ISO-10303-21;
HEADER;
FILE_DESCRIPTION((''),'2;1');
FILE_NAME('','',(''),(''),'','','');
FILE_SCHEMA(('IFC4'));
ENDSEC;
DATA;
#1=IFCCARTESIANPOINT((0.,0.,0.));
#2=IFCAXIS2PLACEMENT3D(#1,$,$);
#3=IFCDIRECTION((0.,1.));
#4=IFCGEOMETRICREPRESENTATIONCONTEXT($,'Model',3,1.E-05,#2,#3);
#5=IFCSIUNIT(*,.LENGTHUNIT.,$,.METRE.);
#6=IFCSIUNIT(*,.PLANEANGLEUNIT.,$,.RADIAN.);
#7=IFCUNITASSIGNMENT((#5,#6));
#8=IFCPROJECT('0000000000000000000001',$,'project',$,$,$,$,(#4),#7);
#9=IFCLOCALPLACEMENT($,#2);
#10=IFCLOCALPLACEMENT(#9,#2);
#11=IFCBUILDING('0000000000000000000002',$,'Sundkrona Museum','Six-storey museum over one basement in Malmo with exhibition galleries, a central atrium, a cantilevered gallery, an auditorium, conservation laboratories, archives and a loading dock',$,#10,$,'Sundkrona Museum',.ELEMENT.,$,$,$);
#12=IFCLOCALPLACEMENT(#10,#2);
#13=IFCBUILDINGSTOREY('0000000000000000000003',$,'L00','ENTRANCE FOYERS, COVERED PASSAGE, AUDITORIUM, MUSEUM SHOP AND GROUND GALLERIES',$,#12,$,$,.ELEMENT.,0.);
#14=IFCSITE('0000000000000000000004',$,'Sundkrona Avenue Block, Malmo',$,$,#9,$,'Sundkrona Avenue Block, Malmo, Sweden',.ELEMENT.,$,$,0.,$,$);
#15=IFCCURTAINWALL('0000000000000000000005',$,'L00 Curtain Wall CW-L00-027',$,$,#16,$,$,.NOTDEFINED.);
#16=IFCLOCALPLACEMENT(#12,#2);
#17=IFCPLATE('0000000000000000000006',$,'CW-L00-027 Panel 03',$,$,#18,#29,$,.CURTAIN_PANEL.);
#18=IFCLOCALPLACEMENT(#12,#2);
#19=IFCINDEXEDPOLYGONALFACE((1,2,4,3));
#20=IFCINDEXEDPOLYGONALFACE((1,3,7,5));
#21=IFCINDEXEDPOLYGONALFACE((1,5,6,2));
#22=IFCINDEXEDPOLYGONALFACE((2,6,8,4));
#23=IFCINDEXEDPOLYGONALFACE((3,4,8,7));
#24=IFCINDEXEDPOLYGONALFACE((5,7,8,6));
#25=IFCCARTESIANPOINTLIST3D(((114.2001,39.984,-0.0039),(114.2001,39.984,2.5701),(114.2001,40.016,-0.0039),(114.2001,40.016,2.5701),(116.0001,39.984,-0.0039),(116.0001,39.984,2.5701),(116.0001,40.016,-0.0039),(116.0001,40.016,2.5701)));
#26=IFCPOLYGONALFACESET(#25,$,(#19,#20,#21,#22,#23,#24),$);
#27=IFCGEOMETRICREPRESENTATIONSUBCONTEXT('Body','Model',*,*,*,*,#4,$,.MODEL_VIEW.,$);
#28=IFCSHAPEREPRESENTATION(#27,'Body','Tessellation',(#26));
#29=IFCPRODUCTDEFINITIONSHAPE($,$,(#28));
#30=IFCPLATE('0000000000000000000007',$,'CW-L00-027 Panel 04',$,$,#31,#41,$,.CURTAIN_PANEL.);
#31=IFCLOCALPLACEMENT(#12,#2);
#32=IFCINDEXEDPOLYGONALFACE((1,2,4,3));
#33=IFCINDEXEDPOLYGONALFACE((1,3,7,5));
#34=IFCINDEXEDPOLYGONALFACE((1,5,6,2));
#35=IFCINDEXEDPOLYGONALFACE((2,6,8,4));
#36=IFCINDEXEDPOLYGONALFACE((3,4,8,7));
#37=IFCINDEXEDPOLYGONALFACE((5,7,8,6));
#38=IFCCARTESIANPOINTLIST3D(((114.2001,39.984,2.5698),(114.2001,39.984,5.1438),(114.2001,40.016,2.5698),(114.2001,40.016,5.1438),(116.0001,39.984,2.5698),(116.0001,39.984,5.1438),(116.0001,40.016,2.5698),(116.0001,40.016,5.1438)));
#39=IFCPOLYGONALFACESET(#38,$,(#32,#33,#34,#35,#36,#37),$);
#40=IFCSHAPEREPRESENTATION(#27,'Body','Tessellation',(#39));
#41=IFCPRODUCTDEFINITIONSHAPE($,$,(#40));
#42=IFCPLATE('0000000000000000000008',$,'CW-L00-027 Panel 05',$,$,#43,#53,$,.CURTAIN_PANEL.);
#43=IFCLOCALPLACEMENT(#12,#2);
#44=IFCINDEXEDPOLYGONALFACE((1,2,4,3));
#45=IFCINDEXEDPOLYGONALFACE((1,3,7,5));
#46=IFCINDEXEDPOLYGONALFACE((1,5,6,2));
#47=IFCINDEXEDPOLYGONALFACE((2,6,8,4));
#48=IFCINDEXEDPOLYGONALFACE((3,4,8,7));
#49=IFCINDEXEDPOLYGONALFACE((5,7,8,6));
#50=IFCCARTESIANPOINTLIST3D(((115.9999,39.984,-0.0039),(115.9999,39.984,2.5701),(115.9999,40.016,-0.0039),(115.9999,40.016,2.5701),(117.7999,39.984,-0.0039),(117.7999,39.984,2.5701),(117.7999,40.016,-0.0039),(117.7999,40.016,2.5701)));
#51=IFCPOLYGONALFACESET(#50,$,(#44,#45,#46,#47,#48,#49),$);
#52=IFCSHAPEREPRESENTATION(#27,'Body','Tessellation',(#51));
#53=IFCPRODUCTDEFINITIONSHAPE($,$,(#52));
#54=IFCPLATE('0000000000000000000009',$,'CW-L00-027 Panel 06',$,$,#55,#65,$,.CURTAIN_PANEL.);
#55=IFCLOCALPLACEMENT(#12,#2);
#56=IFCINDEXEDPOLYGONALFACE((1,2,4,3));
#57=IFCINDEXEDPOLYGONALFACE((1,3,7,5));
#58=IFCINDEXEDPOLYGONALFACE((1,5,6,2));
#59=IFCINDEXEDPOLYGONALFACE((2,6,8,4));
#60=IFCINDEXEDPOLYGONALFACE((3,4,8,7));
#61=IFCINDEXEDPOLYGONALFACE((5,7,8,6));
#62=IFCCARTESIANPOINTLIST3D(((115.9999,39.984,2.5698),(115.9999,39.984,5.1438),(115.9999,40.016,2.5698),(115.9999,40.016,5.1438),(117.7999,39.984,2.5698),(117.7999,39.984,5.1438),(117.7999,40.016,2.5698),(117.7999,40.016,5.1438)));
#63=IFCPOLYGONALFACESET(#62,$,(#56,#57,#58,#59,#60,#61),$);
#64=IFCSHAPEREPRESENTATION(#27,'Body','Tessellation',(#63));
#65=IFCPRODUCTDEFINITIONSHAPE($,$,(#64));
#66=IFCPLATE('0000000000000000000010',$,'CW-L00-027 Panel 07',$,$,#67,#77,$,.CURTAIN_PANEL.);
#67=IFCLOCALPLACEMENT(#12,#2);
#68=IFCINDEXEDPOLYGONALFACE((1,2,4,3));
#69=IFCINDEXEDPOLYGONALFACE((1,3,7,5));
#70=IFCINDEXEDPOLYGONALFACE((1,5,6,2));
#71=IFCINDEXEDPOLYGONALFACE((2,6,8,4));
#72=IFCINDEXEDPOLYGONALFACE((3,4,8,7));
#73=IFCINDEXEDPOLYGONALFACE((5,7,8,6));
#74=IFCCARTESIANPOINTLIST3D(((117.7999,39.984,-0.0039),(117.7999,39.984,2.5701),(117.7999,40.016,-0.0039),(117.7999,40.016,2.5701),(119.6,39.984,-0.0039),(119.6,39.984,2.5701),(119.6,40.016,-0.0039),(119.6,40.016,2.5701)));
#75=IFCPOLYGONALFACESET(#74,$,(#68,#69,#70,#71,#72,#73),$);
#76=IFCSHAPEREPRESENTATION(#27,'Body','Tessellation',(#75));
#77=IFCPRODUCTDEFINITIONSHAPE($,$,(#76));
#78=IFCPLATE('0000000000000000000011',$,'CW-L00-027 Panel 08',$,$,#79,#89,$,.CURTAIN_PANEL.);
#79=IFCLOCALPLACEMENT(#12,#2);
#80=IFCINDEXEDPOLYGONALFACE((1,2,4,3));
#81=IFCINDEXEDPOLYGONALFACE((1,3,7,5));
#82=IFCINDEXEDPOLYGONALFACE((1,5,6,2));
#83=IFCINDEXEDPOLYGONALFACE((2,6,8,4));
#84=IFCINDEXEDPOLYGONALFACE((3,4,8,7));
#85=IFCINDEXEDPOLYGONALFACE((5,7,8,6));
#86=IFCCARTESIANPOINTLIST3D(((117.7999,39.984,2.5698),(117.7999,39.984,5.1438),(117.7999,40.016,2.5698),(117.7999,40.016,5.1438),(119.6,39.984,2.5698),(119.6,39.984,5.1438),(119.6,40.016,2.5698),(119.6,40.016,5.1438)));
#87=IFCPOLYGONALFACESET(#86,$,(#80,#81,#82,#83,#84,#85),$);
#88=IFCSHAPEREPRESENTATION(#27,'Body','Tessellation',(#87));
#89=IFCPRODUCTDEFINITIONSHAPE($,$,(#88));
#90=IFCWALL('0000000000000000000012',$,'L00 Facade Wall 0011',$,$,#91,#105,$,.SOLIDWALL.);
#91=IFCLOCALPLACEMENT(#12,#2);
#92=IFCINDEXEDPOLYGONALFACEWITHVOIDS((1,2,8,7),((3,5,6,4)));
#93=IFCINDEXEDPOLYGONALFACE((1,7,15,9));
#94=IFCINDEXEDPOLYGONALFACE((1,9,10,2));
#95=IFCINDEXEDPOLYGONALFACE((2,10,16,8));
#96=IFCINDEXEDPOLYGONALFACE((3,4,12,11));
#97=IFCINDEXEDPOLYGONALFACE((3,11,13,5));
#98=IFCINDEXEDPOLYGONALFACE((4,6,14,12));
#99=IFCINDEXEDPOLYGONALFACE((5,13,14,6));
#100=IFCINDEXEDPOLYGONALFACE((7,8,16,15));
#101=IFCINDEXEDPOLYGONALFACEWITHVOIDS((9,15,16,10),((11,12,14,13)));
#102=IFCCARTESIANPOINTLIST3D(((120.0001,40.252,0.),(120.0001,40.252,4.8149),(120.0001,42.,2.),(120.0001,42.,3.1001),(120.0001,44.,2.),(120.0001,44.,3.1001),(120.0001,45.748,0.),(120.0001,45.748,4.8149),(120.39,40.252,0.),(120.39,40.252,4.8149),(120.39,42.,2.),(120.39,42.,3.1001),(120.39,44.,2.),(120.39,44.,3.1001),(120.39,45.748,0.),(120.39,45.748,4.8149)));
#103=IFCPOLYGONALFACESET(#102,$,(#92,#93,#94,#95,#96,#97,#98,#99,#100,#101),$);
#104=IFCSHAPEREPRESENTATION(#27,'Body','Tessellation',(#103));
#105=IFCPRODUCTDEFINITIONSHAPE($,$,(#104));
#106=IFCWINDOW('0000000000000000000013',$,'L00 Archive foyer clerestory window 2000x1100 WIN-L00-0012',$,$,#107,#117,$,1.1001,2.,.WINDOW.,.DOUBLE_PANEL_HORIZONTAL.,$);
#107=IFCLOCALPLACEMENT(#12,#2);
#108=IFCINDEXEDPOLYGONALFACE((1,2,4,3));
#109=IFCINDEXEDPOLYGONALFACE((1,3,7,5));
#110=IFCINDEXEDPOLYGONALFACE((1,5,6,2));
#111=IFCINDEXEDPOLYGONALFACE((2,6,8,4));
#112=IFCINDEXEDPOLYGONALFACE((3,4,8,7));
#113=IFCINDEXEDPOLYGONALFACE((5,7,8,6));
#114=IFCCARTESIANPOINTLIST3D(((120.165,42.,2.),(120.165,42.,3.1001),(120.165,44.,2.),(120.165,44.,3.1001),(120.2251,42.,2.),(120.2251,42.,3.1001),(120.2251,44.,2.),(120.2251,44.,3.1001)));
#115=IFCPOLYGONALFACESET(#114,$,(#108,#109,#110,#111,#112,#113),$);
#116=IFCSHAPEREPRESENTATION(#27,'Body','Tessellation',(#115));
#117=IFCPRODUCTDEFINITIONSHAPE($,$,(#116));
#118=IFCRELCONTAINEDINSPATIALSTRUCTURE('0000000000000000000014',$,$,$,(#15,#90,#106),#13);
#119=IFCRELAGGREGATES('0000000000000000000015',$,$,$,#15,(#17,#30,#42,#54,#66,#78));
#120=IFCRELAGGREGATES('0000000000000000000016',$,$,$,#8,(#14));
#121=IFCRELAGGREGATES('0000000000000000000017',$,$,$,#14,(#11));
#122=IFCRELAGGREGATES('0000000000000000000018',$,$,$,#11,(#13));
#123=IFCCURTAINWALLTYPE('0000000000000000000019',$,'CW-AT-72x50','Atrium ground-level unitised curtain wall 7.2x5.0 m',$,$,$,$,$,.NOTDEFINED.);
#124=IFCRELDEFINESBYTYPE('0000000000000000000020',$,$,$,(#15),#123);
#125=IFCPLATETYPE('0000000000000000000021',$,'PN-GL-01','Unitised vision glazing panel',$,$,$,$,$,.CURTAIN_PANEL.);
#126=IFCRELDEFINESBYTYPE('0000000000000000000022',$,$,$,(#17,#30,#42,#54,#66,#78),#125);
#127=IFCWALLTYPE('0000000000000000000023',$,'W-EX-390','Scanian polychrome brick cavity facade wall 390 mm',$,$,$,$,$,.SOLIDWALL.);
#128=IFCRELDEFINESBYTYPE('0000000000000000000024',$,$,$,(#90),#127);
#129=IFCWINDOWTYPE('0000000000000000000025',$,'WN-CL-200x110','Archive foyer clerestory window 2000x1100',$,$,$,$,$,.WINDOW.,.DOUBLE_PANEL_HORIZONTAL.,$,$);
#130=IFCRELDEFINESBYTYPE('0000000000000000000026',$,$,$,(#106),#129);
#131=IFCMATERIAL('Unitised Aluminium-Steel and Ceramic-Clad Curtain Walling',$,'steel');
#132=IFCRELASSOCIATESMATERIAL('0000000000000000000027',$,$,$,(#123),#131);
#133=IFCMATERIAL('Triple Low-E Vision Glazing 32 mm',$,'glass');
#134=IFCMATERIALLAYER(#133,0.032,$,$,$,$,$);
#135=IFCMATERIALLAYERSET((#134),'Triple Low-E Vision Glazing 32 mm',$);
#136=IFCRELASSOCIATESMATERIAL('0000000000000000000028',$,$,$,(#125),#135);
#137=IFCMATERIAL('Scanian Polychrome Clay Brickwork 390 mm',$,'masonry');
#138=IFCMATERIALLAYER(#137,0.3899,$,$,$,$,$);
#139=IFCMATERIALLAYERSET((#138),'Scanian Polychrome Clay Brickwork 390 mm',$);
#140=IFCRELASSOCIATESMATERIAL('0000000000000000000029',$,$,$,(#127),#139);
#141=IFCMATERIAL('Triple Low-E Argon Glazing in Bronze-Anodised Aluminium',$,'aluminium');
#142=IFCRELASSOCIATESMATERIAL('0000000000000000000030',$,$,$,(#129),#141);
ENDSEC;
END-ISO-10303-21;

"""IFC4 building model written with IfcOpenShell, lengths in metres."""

from ifc_helpers import new_model, si_unit, direction, frame, frame_2d, origin, origin_2d, place, context, subcontext, project, spatial, rectangle, extrude, material, layer, layer_set, type_object, element, fill, aggregate, save


model = new_model("IFC4")

# Units and contexts
model_context = context("Model", 3, precision=1e-05, world=origin(), true_north=direction((0.0, 1.0)))
body_context = subcontext(model_context, "Body", "Model", "MODEL_VIEW")
ifc_project = project(units=[si_unit("LENGTHUNIT", "METRE"), si_unit("PLANEANGLEUNIT", "RADIAN")], contexts=[model_context])

# Site, building, storey
site_placement = place(None, origin())
site = spatial("IfcSite", under=ifc_project, at=site_placement, Name="Sundkrona Avenue Block, Malmo", LongName="Sundkrona Avenue Block, Malmo, Sweden", CompositionType="ELEMENT", RefElevation=0.0)
building_placement = place(site_placement, origin())
building = spatial("IfcBuilding", under=site, at=building_placement, Name="Sundkrona Museum", Description="Six-storey museum over one basement in Malmo with exhibition galleries, a central atrium, a cantilevered gallery, an auditorium, conservation laboratories, archives and a loading dock", LongName="Sundkrona Museum", CompositionType="ELEMENT")
storey_placement = place(building_placement, origin())
storey = spatial("IfcBuildingStorey", under=building, at=storey_placement, Name="L00", Description="ENTRANCE FOYERS, COVERED PASSAGE, AUDITORIUM, MUSEUM SHOP AND GROUND GALLERIES", CompositionType="ELEMENT", Elevation=0.0)

# Shared definitions
ifc_material_1 = material(Name="Unitised Aluminium-Steel and Ceramic-Clad Curtain Walling", Category="steel")
curtain_wall_type = type_object("IfcCurtainWallType", Name="CW-AT-72x50", Description="Atrium ground-level unitised curtain wall 7.2x5.0 m", PredefinedType="NOTDEFINED", material=ifc_material_1)

# Curtain wall
curtain_wall_1_placement = place(storey_placement, origin())
curtain_wall_1 = element("IfcCurtainWall", 1, at=curtain_wall_1_placement, inside=storey, type_object=curtain_wall_type, Name="L00 Curtain Wall CW-L00-027", PredefinedType="NOTDEFINED")

# Plates
ifc_material_2 = material(Name="Triple Low-E Vision Glazing 32 mm", Category="glass")
ifc_layer_1 = layer(ifc_material_2, 0.032)
ifc_layer_set_1 = layer_set([ifc_layer_1], Name="Triple Low-E Vision Glazing 32 mm")
plate_type_1 = type_object("IfcPlateType", Name="PN-GL-01", Description="Unitised vision glazing panel", PredefinedType="CURTAIN_PANEL", material=ifc_layer_set_1)
plate_1_placement = place(storey_placement, frame((115.1001, 40.0, -0.0039), z_axis=(0.0, 0.0, 1.0), x_axis=(1.0, 0.0, 0.0)))
plate_1 = element("IfcPlate", 2, at=plate_1_placement, type_object=plate_type_1, Name="CW-L00-027 Panel 03", PredefinedType="CURTAIN_PANEL", context=body_context, shape_type="SweptSolid", body=[
    extrude(rectangle(XDim=1.8, YDim=0.032, at=origin_2d()), origin(), (0.0, 0.0, 1.0), 2.574),
])
plate_2_placement = place(storey_placement, frame((115.1001, 40.0, 2.5698), z_axis=(0.0, 0.0, 1.0), x_axis=(1.0, 0.0, 0.0)))
plate_2 = element("IfcPlate", 3, at=plate_2_placement, type_object=plate_type_1, Name="CW-L00-027 Panel 04", PredefinedType="CURTAIN_PANEL", context=body_context, shape_type="SweptSolid", body=[
    extrude(rectangle(XDim=1.8, YDim=0.032, at=origin_2d()), origin(), (0.0, 0.0, 1.0), 2.574),
])
plate_3_placement = place(storey_placement, frame((116.8999, 40.0, -0.0039), z_axis=(0.0, 0.0, 1.0), x_axis=(1.0, 0.0, 0.0)))
plate_3 = element("IfcPlate", 4, at=plate_3_placement, type_object=plate_type_1, Name="CW-L00-027 Panel 05", PredefinedType="CURTAIN_PANEL", context=body_context, shape_type="SweptSolid", body=[
    extrude(rectangle(XDim=1.8, YDim=0.032, at=origin_2d()), origin(), (0.0, 0.0, 1.0), 2.574),
])
plate_4_placement = place(storey_placement, frame((116.8999, 40.0, 2.5698), z_axis=(0.0, 0.0, 1.0), x_axis=(1.0, 0.0, 0.0)))
plate_4 = element("IfcPlate", 5, at=plate_4_placement, type_object=plate_type_1, Name="CW-L00-027 Panel 06", PredefinedType="CURTAIN_PANEL", context=body_context, shape_type="SweptSolid", body=[
    extrude(rectangle(XDim=1.8, YDim=0.032, at=origin_2d()), origin(), (0.0, 0.0, 1.0), 2.574),
])
plate_5_placement = place(storey_placement, frame((118.7, 40.0, -0.0039), z_axis=(0.0, 0.0, 1.0), x_axis=(1.0, 0.0, 0.0)))
plate_5 = element("IfcPlate", 6, at=plate_5_placement, type_object=plate_type_1, Name="CW-L00-027 Panel 07", PredefinedType="CURTAIN_PANEL", context=body_context, shape_type="SweptSolid", body=[
    extrude(rectangle(XDim=1.8, YDim=0.032, at=origin_2d()), origin(), (0.0, 0.0, 1.0), 2.574),
])
plate_6_placement = place(storey_placement, frame((118.7, 40.0, 2.5698), z_axis=(0.0, 0.0, 1.0), x_axis=(1.0, 0.0, 0.0)))
plate_6 = element("IfcPlate", 7, at=plate_6_placement, type_object=plate_type_1, Name="CW-L00-027 Panel 08", PredefinedType="CURTAIN_PANEL", context=body_context, shape_type="SweptSolid", body=[
    extrude(rectangle(XDim=1.8, YDim=0.032, at=origin_2d()), origin(), (0.0, 0.0, 1.0), 2.574),
])
aggregate(curtain_wall_1, [plate_1, plate_2, plate_3, plate_4, plate_5, plate_6])

# Wall, opening, window
ifc_material_3 = material(Name="Scanian Polychrome Clay Brickwork 390 mm", Category="masonry")
ifc_layer_2 = layer(ifc_material_3, 0.3899)
ifc_layer_set_2 = layer_set([ifc_layer_2], Name="Scanian Polychrome Clay Brickwork 390 mm")
wall_type = type_object("IfcWallType", Name="W-EX-390", Description="Scanian polychrome brick cavity facade wall 390 mm", PredefinedType="SOLIDWALL", material=ifc_layer_set_2)
wall_placement = place(storey_placement, frame((120.1951, 40.252, 0.0), z_axis=(0.0, 0.0, 1.0), x_axis=(0.0, 1.0, 0.0)))
wall = element("IfcWall", 8, at=wall_placement, inside=storey, type_object=wall_type, Name="L00 Facade Wall 0011", PredefinedType="SOLIDWALL", context=body_context, shape_type="SweptSolid", body=[
    extrude(rectangle(XDim=5.4961, YDim=0.3899, at=frame_2d((2.748, 0.0))), origin(), (0.0, 0.0, 1.0), 4.8149),
])
opening_placement = place(wall_placement, frame((1.748, 0.0, 2.0)))
opening = element("IfcOpeningElement", 9, at=opening_placement, cuts=wall, PredefinedType="OPENING", context=body_context, shape_type="SweptSolid", body=[
    extrude(rectangle(XDim=2.0, YDim=1.1001, at=frame_2d((1.0, 0.55))), frame((0.0, 0.2048, 0.0), z_axis=(0.0, -1.0, 0.0), x_axis=(1.0, 0.0, 0.0)), (0.0, 0.0, 1.0), 0.4099),
])
ifc_material_4 = material(Name="Triple Low-E Argon Glazing in Bronze-Anodised Aluminium", Category="aluminium")
window_type = type_object("IfcWindowType", Name="WN-CL-200x110", Description="Archive foyer clerestory window 2000x1100", PartitioningType="DOUBLE_PANEL_HORIZONTAL", PredefinedType="WINDOW", material=ifc_material_4)
window_placement = place(opening_placement, origin())
window = element("IfcWindow", 10, at=window_placement, inside=storey, type_object=window_type, Name="L00 Archive foyer clerestory window 2000x1100 WIN-L00-0012", OverallHeight=1.1001, OverallWidth=2.0, PartitioningType="DOUBLE_PANEL_HORIZONTAL", PredefinedType="WINDOW", context=body_context, shape_type="SweptSolid", body=[
    extrude(rectangle(XDim=2.0, YDim=1.1001, at=frame_2d((1.0, 0.55))), frame((0.0, 0.03, 0.0), z_axis=(0.0, -1.0, 0.0), x_axis=(1.0, 0.0, 0.0)), (0.0, 0.0, 1.0), 0.0601),
])
fill(opening, window)

save(model, "model.ifc")
